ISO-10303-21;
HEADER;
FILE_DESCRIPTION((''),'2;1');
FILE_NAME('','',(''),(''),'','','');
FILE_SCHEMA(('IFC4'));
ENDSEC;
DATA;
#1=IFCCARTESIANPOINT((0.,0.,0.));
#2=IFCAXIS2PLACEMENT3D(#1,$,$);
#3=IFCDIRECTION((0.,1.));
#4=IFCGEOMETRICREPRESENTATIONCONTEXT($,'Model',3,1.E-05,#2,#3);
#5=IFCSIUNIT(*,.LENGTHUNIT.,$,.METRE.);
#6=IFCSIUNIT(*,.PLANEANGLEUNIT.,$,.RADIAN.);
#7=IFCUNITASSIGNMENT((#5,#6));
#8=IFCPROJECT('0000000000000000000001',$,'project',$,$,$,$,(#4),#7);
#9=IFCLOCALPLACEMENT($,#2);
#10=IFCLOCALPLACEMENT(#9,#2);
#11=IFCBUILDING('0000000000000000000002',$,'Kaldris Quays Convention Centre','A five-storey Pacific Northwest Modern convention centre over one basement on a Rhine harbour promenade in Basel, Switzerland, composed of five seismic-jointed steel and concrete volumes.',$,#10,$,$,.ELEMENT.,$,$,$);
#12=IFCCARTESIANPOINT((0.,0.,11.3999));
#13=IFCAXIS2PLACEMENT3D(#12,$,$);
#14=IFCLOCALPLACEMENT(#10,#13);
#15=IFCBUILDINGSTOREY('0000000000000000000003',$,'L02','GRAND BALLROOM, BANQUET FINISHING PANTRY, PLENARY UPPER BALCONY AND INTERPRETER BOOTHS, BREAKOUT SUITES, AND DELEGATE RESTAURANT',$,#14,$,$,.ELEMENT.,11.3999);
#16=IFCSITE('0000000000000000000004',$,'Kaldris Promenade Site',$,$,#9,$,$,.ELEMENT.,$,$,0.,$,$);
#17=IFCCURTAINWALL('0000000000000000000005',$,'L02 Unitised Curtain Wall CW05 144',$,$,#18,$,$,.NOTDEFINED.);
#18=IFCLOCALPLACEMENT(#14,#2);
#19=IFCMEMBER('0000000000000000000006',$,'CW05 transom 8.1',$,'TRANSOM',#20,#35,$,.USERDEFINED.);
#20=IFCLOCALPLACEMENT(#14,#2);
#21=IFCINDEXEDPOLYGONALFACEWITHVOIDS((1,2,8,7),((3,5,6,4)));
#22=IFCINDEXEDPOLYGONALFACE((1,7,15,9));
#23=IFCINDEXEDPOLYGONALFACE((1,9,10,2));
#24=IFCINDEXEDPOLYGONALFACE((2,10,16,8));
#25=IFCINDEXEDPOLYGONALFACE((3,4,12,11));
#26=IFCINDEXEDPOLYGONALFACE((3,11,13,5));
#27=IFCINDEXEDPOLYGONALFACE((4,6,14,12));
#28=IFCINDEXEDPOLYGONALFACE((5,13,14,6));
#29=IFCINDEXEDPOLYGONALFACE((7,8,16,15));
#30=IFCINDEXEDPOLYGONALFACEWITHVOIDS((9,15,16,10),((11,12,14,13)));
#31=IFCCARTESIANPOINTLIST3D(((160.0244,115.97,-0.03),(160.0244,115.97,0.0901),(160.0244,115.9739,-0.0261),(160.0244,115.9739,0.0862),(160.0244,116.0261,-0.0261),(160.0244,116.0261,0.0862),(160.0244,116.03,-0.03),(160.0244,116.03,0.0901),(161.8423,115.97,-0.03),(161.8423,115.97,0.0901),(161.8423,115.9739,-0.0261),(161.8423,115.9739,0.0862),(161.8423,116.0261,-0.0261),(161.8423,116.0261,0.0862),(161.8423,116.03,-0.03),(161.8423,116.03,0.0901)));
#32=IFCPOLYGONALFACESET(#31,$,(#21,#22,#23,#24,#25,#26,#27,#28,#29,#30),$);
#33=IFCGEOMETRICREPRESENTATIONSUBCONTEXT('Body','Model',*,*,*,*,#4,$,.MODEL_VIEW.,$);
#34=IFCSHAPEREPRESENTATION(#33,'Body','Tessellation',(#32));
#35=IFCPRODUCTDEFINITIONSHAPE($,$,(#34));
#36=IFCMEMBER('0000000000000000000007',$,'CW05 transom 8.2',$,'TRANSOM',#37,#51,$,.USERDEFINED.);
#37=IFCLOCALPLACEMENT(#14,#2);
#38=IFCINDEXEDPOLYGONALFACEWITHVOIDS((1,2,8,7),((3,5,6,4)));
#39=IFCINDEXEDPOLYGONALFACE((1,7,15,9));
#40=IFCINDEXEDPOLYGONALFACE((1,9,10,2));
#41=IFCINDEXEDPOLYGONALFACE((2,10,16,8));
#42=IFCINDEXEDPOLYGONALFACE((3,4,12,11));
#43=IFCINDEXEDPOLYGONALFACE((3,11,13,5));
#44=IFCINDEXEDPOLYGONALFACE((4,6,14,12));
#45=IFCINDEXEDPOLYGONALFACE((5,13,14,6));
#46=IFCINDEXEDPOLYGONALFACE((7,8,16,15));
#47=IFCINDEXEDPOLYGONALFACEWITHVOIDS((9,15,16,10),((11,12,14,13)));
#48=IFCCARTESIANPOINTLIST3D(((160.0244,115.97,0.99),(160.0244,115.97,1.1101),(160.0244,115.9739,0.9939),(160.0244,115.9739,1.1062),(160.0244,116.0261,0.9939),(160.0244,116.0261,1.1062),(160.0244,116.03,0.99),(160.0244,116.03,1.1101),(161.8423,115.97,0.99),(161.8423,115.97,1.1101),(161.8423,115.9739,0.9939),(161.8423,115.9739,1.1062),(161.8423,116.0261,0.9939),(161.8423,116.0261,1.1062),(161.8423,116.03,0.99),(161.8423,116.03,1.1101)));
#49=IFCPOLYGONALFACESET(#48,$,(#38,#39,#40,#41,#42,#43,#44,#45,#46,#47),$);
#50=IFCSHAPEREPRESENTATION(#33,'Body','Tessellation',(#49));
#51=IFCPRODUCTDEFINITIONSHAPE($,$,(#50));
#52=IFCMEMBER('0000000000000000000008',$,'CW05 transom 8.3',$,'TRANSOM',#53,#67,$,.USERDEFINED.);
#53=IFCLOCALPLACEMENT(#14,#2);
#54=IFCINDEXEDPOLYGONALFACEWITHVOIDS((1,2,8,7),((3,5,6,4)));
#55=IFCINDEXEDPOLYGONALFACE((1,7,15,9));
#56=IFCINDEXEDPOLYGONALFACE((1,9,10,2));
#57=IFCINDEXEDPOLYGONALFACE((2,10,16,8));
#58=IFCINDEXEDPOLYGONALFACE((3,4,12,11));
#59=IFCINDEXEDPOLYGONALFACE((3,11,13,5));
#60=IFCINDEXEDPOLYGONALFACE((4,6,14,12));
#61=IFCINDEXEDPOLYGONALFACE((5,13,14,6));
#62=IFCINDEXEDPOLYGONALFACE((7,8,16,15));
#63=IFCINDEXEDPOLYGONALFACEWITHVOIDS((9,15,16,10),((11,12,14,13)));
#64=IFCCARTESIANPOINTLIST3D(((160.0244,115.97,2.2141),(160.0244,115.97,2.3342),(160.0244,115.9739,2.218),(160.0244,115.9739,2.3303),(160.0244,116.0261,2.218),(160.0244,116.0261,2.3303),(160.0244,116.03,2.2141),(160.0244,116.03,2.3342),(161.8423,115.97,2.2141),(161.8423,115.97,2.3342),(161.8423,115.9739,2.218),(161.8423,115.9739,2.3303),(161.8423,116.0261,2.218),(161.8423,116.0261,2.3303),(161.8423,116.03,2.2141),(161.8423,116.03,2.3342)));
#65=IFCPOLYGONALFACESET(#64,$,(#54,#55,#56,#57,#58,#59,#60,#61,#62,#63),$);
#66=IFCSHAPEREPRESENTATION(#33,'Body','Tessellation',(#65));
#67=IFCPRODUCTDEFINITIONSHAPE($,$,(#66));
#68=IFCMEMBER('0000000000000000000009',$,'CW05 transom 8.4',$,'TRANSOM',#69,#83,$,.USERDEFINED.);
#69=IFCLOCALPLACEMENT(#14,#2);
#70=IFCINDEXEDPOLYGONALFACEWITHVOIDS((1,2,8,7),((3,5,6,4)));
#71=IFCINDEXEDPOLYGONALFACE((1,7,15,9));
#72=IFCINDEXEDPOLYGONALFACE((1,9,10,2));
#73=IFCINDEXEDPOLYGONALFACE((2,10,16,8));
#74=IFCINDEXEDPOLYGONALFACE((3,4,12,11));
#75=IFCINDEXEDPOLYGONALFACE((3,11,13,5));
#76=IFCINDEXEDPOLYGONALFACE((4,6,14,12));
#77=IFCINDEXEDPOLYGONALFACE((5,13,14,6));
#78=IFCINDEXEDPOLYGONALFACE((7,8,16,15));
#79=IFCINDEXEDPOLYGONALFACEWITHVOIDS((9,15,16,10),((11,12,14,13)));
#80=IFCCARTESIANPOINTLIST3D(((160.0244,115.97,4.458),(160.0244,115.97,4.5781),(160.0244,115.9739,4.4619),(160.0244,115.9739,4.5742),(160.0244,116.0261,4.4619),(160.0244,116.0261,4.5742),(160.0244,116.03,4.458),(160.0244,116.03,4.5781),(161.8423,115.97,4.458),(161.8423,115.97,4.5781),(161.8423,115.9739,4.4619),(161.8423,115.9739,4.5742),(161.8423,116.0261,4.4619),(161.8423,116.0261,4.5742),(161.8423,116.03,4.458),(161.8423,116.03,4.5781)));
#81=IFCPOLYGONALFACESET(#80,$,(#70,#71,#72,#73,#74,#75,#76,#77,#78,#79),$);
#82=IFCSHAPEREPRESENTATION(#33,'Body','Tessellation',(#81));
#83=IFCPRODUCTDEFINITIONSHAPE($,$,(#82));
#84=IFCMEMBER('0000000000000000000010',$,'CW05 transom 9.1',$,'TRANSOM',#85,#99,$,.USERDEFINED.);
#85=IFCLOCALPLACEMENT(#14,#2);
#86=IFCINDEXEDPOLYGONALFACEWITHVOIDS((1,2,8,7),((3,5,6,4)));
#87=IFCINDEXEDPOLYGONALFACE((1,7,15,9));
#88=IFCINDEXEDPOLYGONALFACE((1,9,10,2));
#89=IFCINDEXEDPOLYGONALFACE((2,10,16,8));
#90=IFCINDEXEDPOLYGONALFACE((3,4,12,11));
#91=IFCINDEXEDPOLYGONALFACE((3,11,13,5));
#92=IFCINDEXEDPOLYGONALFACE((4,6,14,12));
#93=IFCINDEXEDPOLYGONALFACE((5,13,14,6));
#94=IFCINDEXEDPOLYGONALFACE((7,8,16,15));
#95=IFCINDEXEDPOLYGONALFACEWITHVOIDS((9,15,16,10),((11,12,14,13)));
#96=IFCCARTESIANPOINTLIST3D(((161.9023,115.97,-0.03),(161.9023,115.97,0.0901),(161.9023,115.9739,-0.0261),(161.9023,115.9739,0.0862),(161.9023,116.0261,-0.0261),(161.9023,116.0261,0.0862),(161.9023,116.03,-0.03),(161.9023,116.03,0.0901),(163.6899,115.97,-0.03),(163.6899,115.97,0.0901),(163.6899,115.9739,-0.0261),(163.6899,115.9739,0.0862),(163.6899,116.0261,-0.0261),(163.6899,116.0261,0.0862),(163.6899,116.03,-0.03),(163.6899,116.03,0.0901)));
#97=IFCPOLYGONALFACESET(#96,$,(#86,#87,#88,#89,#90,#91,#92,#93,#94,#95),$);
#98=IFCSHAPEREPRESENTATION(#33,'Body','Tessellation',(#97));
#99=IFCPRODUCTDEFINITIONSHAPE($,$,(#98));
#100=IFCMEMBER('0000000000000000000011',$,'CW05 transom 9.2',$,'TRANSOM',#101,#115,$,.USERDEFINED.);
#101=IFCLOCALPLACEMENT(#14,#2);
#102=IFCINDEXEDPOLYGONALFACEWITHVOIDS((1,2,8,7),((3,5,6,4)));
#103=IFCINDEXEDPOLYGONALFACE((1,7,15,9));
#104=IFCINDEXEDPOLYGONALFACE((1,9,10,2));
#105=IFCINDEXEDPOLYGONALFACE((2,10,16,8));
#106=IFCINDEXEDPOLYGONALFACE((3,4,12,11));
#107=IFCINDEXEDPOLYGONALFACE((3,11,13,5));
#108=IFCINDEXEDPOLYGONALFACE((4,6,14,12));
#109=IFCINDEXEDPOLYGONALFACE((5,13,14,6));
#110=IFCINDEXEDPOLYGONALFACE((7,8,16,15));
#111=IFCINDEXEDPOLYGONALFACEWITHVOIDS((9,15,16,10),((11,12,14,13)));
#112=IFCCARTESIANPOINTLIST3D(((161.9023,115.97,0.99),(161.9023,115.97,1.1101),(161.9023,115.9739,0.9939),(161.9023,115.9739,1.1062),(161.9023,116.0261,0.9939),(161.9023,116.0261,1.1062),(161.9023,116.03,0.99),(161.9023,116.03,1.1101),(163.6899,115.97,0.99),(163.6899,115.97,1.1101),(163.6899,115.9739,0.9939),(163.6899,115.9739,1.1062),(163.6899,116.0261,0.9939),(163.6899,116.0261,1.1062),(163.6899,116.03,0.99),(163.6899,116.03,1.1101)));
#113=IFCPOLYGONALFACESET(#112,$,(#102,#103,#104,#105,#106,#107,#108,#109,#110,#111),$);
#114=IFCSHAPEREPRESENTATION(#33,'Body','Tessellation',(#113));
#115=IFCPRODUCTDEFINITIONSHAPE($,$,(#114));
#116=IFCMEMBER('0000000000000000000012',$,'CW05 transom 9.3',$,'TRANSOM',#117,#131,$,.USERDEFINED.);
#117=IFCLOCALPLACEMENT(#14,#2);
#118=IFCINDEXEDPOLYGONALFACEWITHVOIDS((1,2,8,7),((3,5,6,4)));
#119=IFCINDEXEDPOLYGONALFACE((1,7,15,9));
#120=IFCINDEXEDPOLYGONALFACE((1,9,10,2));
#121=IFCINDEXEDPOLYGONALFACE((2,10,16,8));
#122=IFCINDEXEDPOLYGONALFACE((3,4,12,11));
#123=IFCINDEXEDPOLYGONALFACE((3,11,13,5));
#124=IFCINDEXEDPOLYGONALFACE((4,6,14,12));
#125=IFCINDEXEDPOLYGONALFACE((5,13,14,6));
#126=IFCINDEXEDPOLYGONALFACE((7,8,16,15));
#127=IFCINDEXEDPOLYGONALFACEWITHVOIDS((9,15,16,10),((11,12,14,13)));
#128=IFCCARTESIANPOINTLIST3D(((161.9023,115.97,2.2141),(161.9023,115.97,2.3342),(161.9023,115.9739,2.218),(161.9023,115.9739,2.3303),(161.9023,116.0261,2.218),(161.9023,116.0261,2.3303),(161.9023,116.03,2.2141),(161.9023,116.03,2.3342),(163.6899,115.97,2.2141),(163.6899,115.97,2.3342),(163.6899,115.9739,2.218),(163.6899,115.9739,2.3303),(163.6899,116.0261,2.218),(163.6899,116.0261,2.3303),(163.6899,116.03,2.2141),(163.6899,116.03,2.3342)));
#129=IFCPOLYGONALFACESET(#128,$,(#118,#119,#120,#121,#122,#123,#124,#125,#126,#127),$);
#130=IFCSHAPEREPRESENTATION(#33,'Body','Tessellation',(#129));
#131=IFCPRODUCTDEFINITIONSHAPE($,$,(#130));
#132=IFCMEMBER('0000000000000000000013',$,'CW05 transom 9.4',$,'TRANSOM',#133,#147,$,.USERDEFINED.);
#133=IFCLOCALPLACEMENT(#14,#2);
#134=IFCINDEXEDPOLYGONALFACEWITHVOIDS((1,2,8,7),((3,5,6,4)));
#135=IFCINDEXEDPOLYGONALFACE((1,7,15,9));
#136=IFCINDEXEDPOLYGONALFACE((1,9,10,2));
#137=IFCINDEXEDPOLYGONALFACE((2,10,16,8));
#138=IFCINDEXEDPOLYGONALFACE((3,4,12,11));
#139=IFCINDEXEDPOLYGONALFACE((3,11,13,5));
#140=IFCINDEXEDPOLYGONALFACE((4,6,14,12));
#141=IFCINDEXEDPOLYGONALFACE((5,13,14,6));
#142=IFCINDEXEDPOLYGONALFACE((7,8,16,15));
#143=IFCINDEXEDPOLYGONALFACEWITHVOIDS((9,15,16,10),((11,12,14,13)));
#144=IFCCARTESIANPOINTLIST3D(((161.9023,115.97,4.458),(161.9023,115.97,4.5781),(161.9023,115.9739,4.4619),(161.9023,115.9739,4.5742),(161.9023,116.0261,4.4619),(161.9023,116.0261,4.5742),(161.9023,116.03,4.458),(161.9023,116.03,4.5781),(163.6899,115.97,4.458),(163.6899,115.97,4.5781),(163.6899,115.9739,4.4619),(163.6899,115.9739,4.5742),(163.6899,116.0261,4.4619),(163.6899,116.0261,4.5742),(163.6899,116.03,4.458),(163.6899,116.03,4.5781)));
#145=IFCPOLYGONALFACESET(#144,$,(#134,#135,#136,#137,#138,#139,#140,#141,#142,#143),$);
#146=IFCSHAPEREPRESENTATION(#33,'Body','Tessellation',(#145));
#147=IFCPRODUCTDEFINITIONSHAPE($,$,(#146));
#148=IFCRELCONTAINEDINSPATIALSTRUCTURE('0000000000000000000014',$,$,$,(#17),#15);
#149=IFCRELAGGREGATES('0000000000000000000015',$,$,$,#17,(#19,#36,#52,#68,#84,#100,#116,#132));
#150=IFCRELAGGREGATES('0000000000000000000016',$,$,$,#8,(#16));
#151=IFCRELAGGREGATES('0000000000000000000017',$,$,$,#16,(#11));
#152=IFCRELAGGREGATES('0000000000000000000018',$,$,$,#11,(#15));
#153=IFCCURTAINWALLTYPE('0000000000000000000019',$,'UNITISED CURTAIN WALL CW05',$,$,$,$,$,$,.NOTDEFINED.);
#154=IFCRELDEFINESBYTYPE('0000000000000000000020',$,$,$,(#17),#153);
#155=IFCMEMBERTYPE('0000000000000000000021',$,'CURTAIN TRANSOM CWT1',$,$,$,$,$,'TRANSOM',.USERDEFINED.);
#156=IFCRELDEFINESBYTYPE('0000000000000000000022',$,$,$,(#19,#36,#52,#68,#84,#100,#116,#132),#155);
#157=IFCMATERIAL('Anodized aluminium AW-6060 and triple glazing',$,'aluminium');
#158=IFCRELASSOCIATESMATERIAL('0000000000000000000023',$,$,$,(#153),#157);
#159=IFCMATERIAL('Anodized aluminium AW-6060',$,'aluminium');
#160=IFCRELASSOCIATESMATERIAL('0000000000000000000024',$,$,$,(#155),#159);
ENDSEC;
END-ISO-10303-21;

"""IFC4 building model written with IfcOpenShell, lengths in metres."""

from ifc_helpers import new_model, si_unit, direction, frame, origin, origin_2d, place, context, subcontext, project, spatial, hollow_rectangle, extrude, material, material_profile, profile_set, type_object, element, aggregate, save


model = new_model("IFC4")

# Units and contexts
model_context = context("Model", 3, precision=1e-05, world=origin(), true_north=direction((0.0, 1.0)))
body_context = subcontext(model_context, "Body", "Model", "MODEL_VIEW")
ifc_project = project(units=[si_unit("LENGTHUNIT", "METRE"), si_unit("PLANEANGLEUNIT", "RADIAN")], contexts=[model_context])

# Site, building, storey
site_placement = place(None, origin())
site = spatial("IfcSite", under=ifc_project, at=site_placement, Name="Kaldris Promenade Site", CompositionType="ELEMENT", RefElevation=0.0)
building_placement = place(site_placement, origin())
building = spatial("IfcBuilding", under=site, at=building_placement, Name="Kaldris Quays Convention Centre", Description="A five-storey Pacific Northwest Modern convention centre over one basement on a Rhine harbour promenade in Basel, Switzerland, composed of five seismic-jointed steel and concrete volumes.", CompositionType="ELEMENT")
storey_placement = place(building_placement, frame((0.0, 0.0, 11.3999)))
storey = spatial("IfcBuildingStorey", under=building, at=storey_placement, Name="L02", Description="GRAND BALLROOM, BANQUET FINISHING PANTRY, PLENARY UPPER BALCONY AND INTERPRETER BOOTHS, BREAKOUT SUITES, AND DELEGATE RESTAURANT", CompositionType="ELEMENT", Elevation=11.3999)

# Curtain wall, members
ifc_material_1 = material(Name="Anodized aluminium AW-6060 and triple glazing", Category="aluminium")
curtain_wall_type = type_object("IfcCurtainWallType", Name="UNITISED CURTAIN WALL CW05", PredefinedType="NOTDEFINED", material=ifc_material_1)
curtain_wall_placement = place(storey_placement, origin())
curtain_wall = element("IfcCurtainWall", 1, at=curtain_wall_placement, inside=storey, type_object=curtain_wall_type, Name="L02 Unitised Curtain Wall CW05 144", PredefinedType="NOTDEFINED")
ifc_material_2 = material(Name="Anodized aluminium AW-6060", Category="aluminium")
ifc_material_profile_1 = material_profile(ifc_material_2, hollow_rectangle(XDim=0.0601, YDim=0.1201, WallThickness=0.0039, at=origin_2d()), Name="RHS 120x60x4")
ifc_profile_set_1 = profile_set([ifc_material_profile_1], Name="Anodized aluminium AW-6060")
member_type_1 = type_object("IfcMemberType", Name="CURTAIN TRANSOM CWT1", ElementType="TRANSOM", PredefinedType="USERDEFINED", material=ifc_profile_set_1)
member_1_placement = place(storey_placement, frame((160.0244, 116.0, 0.03), z_axis=(1.0, 0.0, 0.0), x_axis=(0.0, 1.0, 0.0)))
member_1 = element("IfcMember", 2, at=member_1_placement, type_object=member_type_1, Name="CW05 transom 8.1", ObjectType="TRANSOM", PredefinedType="USERDEFINED", context=body_context, shape_type="SweptSolid", body=[
    extrude(hollow_rectangle(XDim=0.0601, YDim=0.1201, WallThickness=0.0039, at=origin_2d()), origin(), (0.0, 0.0, 1.0), 1.8179),
])
member_2_placement = place(storey_placement, frame((160.0244, 116.0, 1.05), z_axis=(1.0, 0.0, 0.0), x_axis=(0.0, 1.0, 0.0)))
member_2 = element("IfcMember", 3, at=member_2_placement, type_object=member_type_1, Name="CW05 transom 8.2", ObjectType="TRANSOM", PredefinedType="USERDEFINED", context=body_context, shape_type="SweptSolid", body=[
    extrude(hollow_rectangle(XDim=0.0601, YDim=0.1201, WallThickness=0.0039, at=origin_2d()), origin(), (0.0, 0.0, 1.0), 1.8179),
])
member_3_placement = place(storey_placement, frame((160.0244, 116.0, 2.2742), z_axis=(1.0, 0.0, 0.0), x_axis=(0.0, 1.0, 0.0)))
member_3 = element("IfcMember", 4, at=member_3_placement, type_object=member_type_1, Name="CW05 transom 8.3", ObjectType="TRANSOM", PredefinedType="USERDEFINED", context=body_context, shape_type="SweptSolid", body=[
    extrude(hollow_rectangle(XDim=0.0601, YDim=0.1201, WallThickness=0.0039, at=origin_2d()), origin(), (0.0, 0.0, 1.0), 1.8179),
])
member_4_placement = place(storey_placement, frame((160.0244, 116.0, 4.5181), z_axis=(1.0, 0.0, 0.0), x_axis=(0.0, 1.0, 0.0)))
member_4 = element("IfcMember", 5, at=member_4_placement, type_object=member_type_1, Name="CW05 transom 8.4", ObjectType="TRANSOM", PredefinedType="USERDEFINED", context=body_context, shape_type="SweptSolid", body=[
    extrude(hollow_rectangle(XDim=0.0601, YDim=0.1201, WallThickness=0.0039, at=origin_2d()), origin(), (0.0, 0.0, 1.0), 1.8179),
])
member_5_placement = place(storey_placement, frame((161.9023, 116.0, 0.03), z_axis=(1.0, 0.0, 0.0), x_axis=(0.0, 1.0, 0.0)))
member_5 = element("IfcMember", 6, at=member_5_placement, type_object=member_type_1, Name="CW05 transom 9.1", ObjectType="TRANSOM", PredefinedType="USERDEFINED", context=body_context, shape_type="SweptSolid", body=[
    extrude(hollow_rectangle(XDim=0.0601, YDim=0.1201, WallThickness=0.0039, at=origin_2d()), origin(), (0.0, 0.0, 1.0), 1.7876),
])
member_6_placement = place(storey_placement, frame((161.9023, 116.0, 1.05), z_axis=(1.0, 0.0, 0.0), x_axis=(0.0, 1.0, 0.0)))
member_6 = element("IfcMember", 7, at=member_6_placement, type_object=member_type_1, Name="CW05 transom 9.2", ObjectType="TRANSOM", PredefinedType="USERDEFINED", context=body_context, shape_type="SweptSolid", body=[
    extrude(hollow_rectangle(XDim=0.0601, YDim=0.1201, WallThickness=0.0039, at=origin_2d()), origin(), (0.0, 0.0, 1.0), 1.7876),
])
member_7_placement = place(storey_placement, frame((161.9023, 116.0, 2.2742), z_axis=(1.0, 0.0, 0.0), x_axis=(0.0, 1.0, 0.0)))
member_7 = element("IfcMember", 8, at=member_7_placement, type_object=member_type_1, Name="CW05 transom 9.3", ObjectType="TRANSOM", PredefinedType="USERDEFINED", context=body_context, shape_type="SweptSolid", body=[
    extrude(hollow_rectangle(XDim=0.0601, YDim=0.1201, WallThickness=0.0039, at=origin_2d()), origin(), (0.0, 0.0, 1.0), 1.7876),
])
member_8_placement = place(storey_placement, frame((161.9023, 116.0, 4.5181), z_axis=(1.0, 0.0, 0.0), x_axis=(0.0, 1.0, 0.0)))
member_8 = element("IfcMember", 9, at=member_8_placement, type_object=member_type_1, Name="CW05 transom 9.4", ObjectType="TRANSOM", PredefinedType="USERDEFINED", context=body_context, shape_type="SweptSolid", body=[
    extrude(hollow_rectangle(XDim=0.0601, YDim=0.1201, WallThickness=0.0039, at=origin_2d()), origin(), (0.0, 0.0, 1.0), 1.7876),
])

aggregate(curtain_wall, [member_1, member_2, member_3, member_4, member_5, member_6, member_7, member_8])

save(model, "model.ifc")
